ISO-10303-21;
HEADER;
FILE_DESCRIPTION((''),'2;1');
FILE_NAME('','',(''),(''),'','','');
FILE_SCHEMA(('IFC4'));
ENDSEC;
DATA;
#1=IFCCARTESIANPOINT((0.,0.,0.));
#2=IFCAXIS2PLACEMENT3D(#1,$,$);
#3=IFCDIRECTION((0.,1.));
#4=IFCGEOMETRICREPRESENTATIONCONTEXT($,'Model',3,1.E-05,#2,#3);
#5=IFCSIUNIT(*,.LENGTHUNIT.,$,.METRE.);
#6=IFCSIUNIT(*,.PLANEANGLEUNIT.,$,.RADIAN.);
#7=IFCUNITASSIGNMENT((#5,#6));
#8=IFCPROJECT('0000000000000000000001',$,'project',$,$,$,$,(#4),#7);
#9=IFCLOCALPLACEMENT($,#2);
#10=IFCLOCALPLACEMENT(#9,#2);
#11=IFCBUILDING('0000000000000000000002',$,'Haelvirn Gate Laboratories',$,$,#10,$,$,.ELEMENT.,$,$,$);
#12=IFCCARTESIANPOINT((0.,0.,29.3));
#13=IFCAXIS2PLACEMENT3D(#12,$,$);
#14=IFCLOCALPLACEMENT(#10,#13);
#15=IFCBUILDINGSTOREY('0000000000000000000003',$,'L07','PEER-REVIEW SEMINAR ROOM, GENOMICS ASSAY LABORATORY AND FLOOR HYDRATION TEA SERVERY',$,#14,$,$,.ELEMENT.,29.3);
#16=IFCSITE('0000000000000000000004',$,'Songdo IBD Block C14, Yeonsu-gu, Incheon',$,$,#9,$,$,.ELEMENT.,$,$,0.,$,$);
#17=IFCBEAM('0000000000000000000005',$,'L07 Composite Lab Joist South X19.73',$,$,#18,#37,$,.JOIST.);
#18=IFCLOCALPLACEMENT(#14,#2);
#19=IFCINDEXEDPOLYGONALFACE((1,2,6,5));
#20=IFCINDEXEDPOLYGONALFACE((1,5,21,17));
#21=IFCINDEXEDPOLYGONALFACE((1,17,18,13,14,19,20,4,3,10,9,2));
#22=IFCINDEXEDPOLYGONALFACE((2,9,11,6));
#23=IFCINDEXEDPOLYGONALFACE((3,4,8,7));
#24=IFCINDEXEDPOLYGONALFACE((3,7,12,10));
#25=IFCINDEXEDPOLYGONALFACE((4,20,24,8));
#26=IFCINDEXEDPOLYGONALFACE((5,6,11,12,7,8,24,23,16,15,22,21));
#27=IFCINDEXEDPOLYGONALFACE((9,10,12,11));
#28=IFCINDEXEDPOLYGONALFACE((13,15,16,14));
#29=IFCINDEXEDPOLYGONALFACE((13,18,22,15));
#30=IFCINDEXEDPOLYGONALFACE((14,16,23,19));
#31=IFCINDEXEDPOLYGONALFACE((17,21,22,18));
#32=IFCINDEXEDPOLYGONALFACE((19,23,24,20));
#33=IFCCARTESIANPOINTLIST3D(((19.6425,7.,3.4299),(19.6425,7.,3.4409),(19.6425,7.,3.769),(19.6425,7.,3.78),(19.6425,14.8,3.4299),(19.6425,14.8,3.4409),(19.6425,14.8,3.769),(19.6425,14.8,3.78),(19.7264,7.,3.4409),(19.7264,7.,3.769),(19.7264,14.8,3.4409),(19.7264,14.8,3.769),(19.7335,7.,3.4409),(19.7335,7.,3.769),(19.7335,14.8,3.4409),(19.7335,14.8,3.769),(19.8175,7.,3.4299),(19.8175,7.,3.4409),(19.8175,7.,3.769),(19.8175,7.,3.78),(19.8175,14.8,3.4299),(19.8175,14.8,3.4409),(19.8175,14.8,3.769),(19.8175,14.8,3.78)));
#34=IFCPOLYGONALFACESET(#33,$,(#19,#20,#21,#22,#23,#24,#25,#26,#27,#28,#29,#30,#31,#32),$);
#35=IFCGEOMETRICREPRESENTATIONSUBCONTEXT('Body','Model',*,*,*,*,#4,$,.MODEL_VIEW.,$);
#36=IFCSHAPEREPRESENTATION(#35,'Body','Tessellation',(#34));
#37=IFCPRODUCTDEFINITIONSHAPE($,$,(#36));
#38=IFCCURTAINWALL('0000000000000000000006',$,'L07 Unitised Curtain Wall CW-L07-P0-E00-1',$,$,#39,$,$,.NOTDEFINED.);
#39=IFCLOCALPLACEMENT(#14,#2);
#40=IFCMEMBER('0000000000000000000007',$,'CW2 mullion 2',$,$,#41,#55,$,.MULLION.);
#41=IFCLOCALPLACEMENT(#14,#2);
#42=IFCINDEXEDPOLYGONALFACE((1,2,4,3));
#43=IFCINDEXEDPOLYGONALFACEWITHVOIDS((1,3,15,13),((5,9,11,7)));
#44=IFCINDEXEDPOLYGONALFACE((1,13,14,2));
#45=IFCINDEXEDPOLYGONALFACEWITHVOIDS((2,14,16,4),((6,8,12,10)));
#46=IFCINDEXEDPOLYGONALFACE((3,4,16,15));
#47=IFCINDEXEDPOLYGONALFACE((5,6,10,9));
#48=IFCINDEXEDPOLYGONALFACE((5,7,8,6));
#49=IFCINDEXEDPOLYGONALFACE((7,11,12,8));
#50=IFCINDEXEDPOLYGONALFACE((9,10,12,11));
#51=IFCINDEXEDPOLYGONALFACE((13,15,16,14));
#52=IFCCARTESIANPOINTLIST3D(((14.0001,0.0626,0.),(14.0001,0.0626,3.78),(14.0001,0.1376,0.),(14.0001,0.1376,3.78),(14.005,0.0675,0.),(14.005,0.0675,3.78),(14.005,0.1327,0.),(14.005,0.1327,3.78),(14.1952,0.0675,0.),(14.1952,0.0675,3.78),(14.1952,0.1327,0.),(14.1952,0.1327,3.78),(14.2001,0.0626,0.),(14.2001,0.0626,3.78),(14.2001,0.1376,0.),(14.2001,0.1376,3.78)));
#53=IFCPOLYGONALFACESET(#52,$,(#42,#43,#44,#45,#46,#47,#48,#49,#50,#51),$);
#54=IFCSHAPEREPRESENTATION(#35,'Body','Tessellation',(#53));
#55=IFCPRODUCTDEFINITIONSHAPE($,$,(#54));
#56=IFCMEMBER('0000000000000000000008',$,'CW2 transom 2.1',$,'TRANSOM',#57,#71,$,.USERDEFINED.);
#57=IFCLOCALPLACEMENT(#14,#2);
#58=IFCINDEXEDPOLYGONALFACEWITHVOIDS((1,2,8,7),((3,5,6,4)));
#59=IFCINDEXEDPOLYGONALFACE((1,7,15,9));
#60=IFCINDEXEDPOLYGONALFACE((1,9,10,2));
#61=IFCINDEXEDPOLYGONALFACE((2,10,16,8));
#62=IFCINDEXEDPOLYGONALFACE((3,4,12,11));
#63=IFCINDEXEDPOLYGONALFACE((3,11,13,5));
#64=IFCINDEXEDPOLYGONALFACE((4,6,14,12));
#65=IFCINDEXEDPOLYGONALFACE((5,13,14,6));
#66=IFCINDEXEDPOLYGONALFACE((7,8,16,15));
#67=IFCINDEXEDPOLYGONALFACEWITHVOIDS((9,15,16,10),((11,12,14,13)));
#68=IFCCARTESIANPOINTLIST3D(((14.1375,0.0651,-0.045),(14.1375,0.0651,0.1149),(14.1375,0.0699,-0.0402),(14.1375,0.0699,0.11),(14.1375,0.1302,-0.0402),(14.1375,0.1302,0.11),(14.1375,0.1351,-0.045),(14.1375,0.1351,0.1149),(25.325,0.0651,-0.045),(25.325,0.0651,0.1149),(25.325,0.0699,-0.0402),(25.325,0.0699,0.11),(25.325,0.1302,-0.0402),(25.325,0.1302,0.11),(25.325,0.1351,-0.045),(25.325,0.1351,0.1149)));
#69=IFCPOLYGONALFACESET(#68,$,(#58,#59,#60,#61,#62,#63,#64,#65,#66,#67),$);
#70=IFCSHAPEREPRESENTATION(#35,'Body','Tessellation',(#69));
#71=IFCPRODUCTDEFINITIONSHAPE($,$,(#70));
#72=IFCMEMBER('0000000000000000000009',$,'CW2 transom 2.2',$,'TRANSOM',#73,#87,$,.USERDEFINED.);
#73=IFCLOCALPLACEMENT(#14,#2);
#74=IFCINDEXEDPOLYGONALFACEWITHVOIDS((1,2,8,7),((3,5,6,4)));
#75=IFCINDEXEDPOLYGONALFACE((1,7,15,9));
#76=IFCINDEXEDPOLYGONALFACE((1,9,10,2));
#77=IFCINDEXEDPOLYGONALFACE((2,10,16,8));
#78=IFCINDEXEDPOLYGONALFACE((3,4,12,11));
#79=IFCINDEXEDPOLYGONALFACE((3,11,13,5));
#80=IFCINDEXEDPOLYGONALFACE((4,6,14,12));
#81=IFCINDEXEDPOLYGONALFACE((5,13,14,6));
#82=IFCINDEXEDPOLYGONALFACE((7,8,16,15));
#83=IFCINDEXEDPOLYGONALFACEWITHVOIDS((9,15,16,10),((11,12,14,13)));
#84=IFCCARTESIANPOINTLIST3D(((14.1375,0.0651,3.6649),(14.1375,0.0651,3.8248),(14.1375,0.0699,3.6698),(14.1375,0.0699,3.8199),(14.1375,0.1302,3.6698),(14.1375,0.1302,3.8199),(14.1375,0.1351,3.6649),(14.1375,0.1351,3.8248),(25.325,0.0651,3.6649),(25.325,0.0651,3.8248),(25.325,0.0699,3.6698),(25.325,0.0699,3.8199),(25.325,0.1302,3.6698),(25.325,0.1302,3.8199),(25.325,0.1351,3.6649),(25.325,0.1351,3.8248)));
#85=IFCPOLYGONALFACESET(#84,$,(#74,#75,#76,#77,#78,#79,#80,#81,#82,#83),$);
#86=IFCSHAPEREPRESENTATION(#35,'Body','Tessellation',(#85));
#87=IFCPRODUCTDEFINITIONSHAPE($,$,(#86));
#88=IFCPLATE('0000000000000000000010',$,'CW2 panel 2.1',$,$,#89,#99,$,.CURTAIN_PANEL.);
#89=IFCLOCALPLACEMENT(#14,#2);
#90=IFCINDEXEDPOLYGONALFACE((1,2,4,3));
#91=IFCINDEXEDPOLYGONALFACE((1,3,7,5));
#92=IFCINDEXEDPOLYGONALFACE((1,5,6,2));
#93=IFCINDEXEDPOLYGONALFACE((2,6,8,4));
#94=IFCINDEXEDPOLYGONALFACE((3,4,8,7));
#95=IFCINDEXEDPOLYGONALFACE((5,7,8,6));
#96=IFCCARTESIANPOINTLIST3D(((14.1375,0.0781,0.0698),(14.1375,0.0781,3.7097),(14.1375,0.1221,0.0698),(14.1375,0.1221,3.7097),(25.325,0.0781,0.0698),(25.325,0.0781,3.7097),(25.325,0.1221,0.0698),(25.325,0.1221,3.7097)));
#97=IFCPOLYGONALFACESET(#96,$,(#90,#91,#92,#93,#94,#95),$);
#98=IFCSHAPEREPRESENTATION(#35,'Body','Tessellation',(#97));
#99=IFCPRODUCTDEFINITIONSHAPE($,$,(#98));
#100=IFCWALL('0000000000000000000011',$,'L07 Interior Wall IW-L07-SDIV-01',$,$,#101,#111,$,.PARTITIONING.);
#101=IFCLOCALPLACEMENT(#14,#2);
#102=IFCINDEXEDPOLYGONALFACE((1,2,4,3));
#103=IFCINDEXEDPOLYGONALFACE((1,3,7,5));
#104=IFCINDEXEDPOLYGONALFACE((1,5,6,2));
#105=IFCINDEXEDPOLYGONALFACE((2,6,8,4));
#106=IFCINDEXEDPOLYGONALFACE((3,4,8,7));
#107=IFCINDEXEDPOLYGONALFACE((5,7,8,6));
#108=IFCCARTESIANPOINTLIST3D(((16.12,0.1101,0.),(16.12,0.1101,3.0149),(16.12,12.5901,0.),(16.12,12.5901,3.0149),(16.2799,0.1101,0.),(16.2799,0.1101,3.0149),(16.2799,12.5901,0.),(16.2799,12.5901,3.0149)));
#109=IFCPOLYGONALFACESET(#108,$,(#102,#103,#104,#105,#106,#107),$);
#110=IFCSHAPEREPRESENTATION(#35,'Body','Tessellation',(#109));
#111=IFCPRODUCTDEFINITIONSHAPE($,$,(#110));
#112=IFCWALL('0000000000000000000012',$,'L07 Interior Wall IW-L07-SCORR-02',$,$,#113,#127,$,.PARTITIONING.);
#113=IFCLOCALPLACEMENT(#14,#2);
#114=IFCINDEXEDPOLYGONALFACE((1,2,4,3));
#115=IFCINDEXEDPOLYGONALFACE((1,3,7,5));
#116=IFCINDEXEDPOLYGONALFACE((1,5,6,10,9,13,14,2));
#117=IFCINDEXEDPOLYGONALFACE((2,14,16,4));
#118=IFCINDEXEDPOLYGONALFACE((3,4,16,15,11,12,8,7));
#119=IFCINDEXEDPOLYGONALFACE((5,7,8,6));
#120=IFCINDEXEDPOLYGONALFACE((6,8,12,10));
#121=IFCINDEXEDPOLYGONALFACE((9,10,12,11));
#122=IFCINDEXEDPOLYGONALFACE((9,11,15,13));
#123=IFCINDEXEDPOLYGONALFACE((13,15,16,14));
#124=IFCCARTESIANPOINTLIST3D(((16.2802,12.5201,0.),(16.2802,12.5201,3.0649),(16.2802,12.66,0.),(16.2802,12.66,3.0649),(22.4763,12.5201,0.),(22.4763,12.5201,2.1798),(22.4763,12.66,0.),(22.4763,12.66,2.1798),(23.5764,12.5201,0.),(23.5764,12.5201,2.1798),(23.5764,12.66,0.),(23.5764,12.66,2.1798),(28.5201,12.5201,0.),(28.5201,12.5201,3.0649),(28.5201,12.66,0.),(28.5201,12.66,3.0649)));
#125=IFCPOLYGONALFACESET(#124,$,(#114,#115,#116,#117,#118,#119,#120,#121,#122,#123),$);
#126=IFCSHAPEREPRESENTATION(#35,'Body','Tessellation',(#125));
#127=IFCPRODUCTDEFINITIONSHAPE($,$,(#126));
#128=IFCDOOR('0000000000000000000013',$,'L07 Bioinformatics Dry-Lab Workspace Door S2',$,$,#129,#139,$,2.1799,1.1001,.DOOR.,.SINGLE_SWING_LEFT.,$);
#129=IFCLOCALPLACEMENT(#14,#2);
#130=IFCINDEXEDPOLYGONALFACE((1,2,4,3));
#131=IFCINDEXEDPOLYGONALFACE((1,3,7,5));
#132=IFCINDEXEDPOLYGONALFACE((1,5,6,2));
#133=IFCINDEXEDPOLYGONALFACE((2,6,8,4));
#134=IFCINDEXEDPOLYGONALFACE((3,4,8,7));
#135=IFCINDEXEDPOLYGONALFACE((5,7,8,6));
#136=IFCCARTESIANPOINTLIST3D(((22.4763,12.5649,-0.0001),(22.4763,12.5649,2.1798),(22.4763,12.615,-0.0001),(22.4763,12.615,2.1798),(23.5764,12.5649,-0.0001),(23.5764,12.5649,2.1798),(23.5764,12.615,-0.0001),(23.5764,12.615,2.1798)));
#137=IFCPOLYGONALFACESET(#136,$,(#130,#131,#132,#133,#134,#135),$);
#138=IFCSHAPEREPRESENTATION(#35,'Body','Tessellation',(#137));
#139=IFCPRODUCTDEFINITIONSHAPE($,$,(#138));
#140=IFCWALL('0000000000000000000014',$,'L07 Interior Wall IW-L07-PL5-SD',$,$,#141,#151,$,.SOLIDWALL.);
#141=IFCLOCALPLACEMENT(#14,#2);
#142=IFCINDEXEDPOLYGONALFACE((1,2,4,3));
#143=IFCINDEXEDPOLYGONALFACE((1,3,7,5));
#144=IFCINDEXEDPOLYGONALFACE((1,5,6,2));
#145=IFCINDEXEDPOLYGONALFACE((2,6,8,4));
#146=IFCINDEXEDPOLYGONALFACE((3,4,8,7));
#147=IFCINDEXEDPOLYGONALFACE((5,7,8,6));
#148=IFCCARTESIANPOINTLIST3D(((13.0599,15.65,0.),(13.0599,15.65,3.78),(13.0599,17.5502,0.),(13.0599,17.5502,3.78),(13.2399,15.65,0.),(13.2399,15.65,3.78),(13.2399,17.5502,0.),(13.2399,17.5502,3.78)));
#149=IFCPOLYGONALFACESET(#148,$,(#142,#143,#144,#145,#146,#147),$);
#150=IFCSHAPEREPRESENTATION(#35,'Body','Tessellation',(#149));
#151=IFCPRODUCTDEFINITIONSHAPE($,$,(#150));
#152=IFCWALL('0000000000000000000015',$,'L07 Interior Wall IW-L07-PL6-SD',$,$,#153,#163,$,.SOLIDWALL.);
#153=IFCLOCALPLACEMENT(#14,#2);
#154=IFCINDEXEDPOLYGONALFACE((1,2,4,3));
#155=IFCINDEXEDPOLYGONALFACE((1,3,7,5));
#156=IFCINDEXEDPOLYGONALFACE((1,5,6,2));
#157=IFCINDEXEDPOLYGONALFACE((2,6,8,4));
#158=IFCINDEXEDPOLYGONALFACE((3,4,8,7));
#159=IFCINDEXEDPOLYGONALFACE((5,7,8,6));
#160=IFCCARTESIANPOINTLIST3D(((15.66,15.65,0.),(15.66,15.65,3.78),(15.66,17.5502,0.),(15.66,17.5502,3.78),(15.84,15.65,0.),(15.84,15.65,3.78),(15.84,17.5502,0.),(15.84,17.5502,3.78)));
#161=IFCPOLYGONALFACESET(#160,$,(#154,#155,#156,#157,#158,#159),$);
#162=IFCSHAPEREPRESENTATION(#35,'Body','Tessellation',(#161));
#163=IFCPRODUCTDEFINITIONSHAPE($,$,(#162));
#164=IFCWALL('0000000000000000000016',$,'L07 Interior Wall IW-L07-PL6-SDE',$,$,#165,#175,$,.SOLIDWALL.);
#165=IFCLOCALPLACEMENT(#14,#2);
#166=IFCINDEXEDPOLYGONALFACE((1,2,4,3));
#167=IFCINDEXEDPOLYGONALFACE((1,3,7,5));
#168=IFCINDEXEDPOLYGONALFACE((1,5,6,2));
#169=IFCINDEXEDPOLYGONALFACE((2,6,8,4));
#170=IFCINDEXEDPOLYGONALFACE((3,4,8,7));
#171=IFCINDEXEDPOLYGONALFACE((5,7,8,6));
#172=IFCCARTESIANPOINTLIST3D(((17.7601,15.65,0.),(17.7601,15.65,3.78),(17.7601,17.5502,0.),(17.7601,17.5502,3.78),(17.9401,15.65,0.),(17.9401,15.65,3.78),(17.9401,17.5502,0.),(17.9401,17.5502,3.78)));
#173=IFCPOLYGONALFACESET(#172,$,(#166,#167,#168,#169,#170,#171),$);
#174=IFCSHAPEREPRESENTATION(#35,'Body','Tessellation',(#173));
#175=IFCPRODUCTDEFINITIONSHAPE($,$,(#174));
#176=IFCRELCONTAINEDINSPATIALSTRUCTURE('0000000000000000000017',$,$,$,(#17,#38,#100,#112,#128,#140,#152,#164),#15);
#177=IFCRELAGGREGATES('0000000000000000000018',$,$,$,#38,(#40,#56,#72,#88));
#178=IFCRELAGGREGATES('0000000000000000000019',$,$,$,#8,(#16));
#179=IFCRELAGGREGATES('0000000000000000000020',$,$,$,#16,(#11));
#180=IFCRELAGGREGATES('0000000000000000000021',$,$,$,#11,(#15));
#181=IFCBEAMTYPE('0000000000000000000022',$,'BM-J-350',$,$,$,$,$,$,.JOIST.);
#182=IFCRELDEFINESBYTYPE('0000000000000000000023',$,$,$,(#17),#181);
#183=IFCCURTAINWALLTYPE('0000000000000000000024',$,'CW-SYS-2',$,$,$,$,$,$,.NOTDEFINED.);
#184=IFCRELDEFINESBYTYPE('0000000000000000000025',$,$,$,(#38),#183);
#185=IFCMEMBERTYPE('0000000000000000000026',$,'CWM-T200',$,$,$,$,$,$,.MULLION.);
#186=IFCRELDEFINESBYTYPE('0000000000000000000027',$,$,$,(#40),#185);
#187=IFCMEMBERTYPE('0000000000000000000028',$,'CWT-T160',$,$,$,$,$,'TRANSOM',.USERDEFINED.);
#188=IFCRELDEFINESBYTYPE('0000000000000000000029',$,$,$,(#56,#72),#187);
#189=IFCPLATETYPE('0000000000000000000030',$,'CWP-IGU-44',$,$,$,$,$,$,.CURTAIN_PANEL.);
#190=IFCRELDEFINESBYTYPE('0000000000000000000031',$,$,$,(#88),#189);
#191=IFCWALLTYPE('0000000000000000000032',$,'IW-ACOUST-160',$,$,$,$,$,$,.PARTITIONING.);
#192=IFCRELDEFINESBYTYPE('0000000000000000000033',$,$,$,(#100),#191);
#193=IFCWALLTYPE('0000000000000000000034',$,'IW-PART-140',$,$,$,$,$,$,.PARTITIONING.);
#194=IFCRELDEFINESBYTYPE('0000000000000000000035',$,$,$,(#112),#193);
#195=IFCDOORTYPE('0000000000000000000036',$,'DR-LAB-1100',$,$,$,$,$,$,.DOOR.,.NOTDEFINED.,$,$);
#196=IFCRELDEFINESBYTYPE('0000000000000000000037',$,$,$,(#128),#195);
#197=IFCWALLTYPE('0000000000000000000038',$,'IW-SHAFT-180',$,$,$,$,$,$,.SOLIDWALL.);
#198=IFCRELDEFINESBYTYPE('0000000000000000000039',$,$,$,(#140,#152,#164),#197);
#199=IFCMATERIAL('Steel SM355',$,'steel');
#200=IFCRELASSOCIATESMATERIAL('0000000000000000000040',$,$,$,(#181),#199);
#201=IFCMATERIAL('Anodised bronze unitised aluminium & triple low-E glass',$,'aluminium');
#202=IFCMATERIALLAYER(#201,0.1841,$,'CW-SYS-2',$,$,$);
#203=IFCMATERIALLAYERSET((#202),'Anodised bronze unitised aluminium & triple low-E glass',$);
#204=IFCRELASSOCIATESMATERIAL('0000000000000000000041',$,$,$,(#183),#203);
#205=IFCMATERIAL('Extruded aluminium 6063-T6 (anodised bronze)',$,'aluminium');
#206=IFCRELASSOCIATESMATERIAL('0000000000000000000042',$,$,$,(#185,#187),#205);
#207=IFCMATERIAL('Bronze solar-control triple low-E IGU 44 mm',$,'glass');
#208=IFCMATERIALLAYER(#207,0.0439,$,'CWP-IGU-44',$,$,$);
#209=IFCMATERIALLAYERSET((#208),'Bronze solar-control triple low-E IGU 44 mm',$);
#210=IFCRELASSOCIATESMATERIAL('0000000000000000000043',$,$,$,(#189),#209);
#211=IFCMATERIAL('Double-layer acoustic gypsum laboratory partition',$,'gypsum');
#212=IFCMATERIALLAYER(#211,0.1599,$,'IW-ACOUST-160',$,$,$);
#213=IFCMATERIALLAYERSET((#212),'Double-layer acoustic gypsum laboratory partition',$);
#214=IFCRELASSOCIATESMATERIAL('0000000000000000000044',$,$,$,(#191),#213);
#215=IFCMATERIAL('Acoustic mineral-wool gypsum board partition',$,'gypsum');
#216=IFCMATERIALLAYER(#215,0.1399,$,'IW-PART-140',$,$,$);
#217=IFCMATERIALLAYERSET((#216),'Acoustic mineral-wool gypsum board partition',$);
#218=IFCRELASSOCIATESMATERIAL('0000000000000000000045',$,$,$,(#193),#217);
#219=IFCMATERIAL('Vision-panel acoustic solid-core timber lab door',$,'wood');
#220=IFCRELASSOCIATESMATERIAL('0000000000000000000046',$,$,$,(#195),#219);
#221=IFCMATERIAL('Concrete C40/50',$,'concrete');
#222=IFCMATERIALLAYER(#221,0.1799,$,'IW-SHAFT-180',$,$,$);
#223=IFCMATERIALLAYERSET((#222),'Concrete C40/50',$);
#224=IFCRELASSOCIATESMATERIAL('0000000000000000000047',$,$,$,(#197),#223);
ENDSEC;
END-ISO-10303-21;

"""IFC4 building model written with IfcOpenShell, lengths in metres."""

from ifc_helpers import new_model, si_unit, direction, frame, frame_2d, origin, origin_2d, place, context, subcontext, project, spatial, rectangle, hollow_rectangle, i_section, extrude, source, transform, mapped, material, layer, layer_set, material_profile, profile_set, type_object, type_shapes, element, fill, aggregate, save


model = new_model("IFC4")

# Units and contexts
model_context = context("Model", 3, precision=1e-05, world=origin(), true_north=direction((0.0, 1.0)))
body_context = subcontext(model_context, "Body", "Model", "MODEL_VIEW")
ifc_project = project(units=[si_unit("LENGTHUNIT", "METRE"), si_unit("PLANEANGLEUNIT", "RADIAN")], contexts=[model_context])

# Site, building, storey
site_placement = place(None, origin())
site = spatial("IfcSite", under=ifc_project, at=site_placement, Name="Songdo IBD Block C14, Yeonsu-gu, Incheon", CompositionType="ELEMENT", RefElevation=0.0)
building_placement = place(site_placement, origin())
building = spatial("IfcBuilding", under=site, at=building_placement, Name="Haelvirn Gate Laboratories", CompositionType="ELEMENT")
storey_placement = place(building_placement, frame((0.0, 0.0, 29.3)))
storey = spatial("IfcBuildingStorey", under=building, at=storey_placement, Name="L07", Description="PEER-REVIEW SEMINAR ROOM, GENOMICS ASSAY LABORATORY AND FLOOR HYDRATION TEA SERVERY", CompositionType="ELEMENT", Elevation=29.3)

# Beam
ifc_material_1 = material(Name="Steel SM355", Category="steel")
ifc_material_profile_1 = material_profile(ifc_material_1, i_section(OverallWidth=0.175, OverallDepth=0.3501, WebThickness=0.0071, FlangeThickness=0.011, at=origin_2d()), Name="H-350x175x7x11")
ifc_profile_set_1 = profile_set([ifc_material_profile_1], Name="Steel SM355")
beam_type_1 = type_object("IfcBeamType", Name="BM-J-350", PredefinedType="JOIST", material=ifc_profile_set_1)
shared_shape_1 = source(origin(), body_context, "Body", "SweptSolid", [
    extrude(i_section(OverallWidth=0.175, OverallDepth=0.3501, WebThickness=0.0071, FlangeThickness=0.011, at=origin_2d()), origin(), (0.0, 0.0, 1.0), 7.8),
])
type_shapes(beam_type_1, [shared_shape_1])
for number, where, z_axis, x_axis, name in (
    (1, (19.73, 7.0, 3.605), (0.0, 1.0, 0.0), (-1.0, 0.0, 0.0), "L07 Composite Lab Joist South X19.73"),
):
    element("IfcBeam", number, at=place(storey_placement, frame(where, z_axis=z_axis, x_axis=x_axis)), inside=storey, type_object=beam_type_1, Name=name, PredefinedType="JOIST", context=body_context, shape_type="MappedRepresentation", body=[
        mapped(shared_shape_1, transform((0.0, 0.0, 0.0), scale=1.0)),
    ])

# Curtain wall, members, plate
ifc_material_2 = material(Name="Anodised bronze unitised aluminium & triple low-E glass", Category="aluminium")
ifc_layer_1 = layer(ifc_material_2, 0.1841, Name="CW-SYS-2")
ifc_layer_set_1 = layer_set([ifc_layer_1], Name="Anodised bronze unitised aluminium & triple low-E glass")
curtain_wall_type = type_object("IfcCurtainWallType", Name="CW-SYS-2", PredefinedType="NOTDEFINED", material=ifc_layer_set_1)
curtain_wall_placement = place(storey_placement, origin())
curtain_wall = element("IfcCurtainWall", 2, at=curtain_wall_placement, inside=storey, type_object=curtain_wall_type, Name="L07 Unitised Curtain Wall CW-L07-P0-E00-1", PredefinedType="NOTDEFINED")
ifc_material_3 = material(Name="Extruded aluminium 6063-T6 (anodised bronze)", Category="aluminium")
ifc_material_profile_2 = material_profile(ifc_material_3, hollow_rectangle(XDim=0.075, YDim=0.2, WallThickness=0.0049, at=origin_2d()), Name="CWM-200x75x5")
ifc_profile_set_2 = profile_set([ifc_material_profile_2], Name="Extruded aluminium 6063-T6 (anodised bronze)")
member_type_1 = type_object("IfcMemberType", Name="CWM-T200", PredefinedType="MULLION", material=ifc_profile_set_2)
shared_shape_2 = source(origin(), body_context, "Body", "SweptSolid", [
    extrude(hollow_rectangle(XDim=0.075, YDim=0.2, WallThickness=0.0049, at=origin_2d()), origin(), (0.0, 0.0, 1.0), 3.78),
])
type_shapes(member_type_1, [shared_shape_2])
member_1_placement = place(storey_placement, frame((14.1001, 0.1001, 0.0), z_axis=(0.0, 0.0, 1.0), x_axis=(0.0, 1.0, 0.0)))
member_1 = element("IfcMember", 3, at=member_1_placement, type_object=member_type_1, Name="CW2 mullion 2", PredefinedType="MULLION", context=body_context, shape_type="MappedRepresentation", body=[
    mapped(shared_shape_2, transform((0.0, 0.0, 0.0), scale=1.0)),
])
ifc_material_profile_3 = material_profile(ifc_material_3, hollow_rectangle(XDim=0.0701, YDim=0.1599, WallThickness=0.0049, at=origin_2d()), Name="CWT-160x70x5")
ifc_profile_set_3 = profile_set([ifc_material_profile_3], Name="Extruded aluminium 6063-T6 (anodised bronze)")
member_type_2 = type_object("IfcMemberType", Name="CWT-T160", ElementType="TRANSOM", PredefinedType="USERDEFINED", material=ifc_profile_set_3)
shared_shape_3 = source(origin(), body_context, "Body", "SweptSolid", [
    extrude(hollow_rectangle(XDim=0.0701, YDim=0.1599, WallThickness=0.0049, at=origin_2d()), origin(), (0.0, 0.0, 1.0), 11.1875),
])
type_shapes(member_type_2, [shared_shape_3])
member_2_placement = place(storey_placement, frame((14.1375, 0.1001, 0.0349), z_axis=(1.0, 0.0, 0.0), x_axis=(0.0, 1.0, 0.0)))
member_2 = element("IfcMember", 4, at=member_2_placement, type_object=member_type_2, Name="CW2 transom 2.1", ObjectType="TRANSOM", PredefinedType="USERDEFINED", context=body_context, shape_type="MappedRepresentation", body=[
    mapped(shared_shape_3, transform((0.0, 0.0, 0.0), scale=1.0)),
])
member_3_placement = place(storey_placement, frame((14.1375, 0.1001, 3.7449), z_axis=(1.0, 0.0, 0.0), x_axis=(0.0, 1.0, 0.0)))
member_3 = element("IfcMember", 5, at=member_3_placement, type_object=member_type_2, Name="CW2 transom 2.2", ObjectType="TRANSOM", PredefinedType="USERDEFINED", context=body_context, shape_type="MappedRepresentation", body=[
    mapped(shared_shape_3, transform((0.0, 0.0, 0.0), scale=1.0)),
])
ifc_material_4 = material(Name="Bronze solar-control triple low-E IGU 44 mm", Category="glass")
ifc_layer_2 = layer(ifc_material_4, 0.0439, Name="CWP-IGU-44")
ifc_layer_set_2 = layer_set([ifc_layer_2], Name="Bronze solar-control triple low-E IGU 44 mm")
plate_type = type_object("IfcPlateType", Name="CWP-IGU-44", PredefinedType="CURTAIN_PANEL", material=ifc_layer_set_2)
shared_shape_4 = source(origin(), body_context, "Body", "SweptSolid", [
    extrude(rectangle(XDim=11.1875, YDim=0.0439, at=origin_2d()), origin(), (0.0, 0.0, 1.0), 3.6399),
])
type_shapes(plate_type, [shared_shape_4])
plate_placement = place(storey_placement, frame((19.7312, 0.1001, 0.0698), z_axis=(0.0, 0.0, 1.0), x_axis=(1.0, 0.0, 0.0)))
plate = element("IfcPlate", 6, at=plate_placement, type_object=plate_type, Name="CW2 panel 2.1", PredefinedType="CURTAIN_PANEL", context=body_context, shape_type="MappedRepresentation", body=[
    mapped(shared_shape_4, transform((0.0, 0.0, 0.0), scale=1.0)),
])
aggregate(curtain_wall, [member_1, member_2, member_3, plate])

# Wall
ifc_material_5 = material(Name="Double-layer acoustic gypsum laboratory partition", Category="gypsum")
ifc_layer_3 = layer(ifc_material_5, 0.1599, Name="IW-ACOUST-160")
ifc_layer_set_3 = layer_set([ifc_layer_3], Name="Double-layer acoustic gypsum laboratory partition")
wall_type_1 = type_object("IfcWallType", Name="IW-ACOUST-160", PredefinedType="PARTITIONING", material=ifc_layer_set_3)
wall_1_placement = place(storey_placement, frame((16.2, 0.1101, 0.0), z_axis=(0.0, 0.0, 1.0), x_axis=(0.0, 1.0, 0.0)))
element("IfcWall", 7, at=wall_1_placement, inside=storey, type_object=wall_type_1, Name="L07 Interior Wall IW-L07-SDIV-01", PredefinedType="PARTITIONING", context=body_context, shape_type="SweptSolid", body=[
    extrude(rectangle(XDim=12.48, YDim=0.1599, at=frame_2d((6.24, 0.0))), origin(), (0.0, 0.0, 1.0), 3.0149),
])

# Wall, opening, door
ifc_material_6 = material(Name="Acoustic mineral-wool gypsum board partition", Category="gypsum")
ifc_layer_4 = layer(ifc_material_6, 0.1399, Name="IW-PART-140")
ifc_layer_set_4 = layer_set([ifc_layer_4], Name="Acoustic mineral-wool gypsum board partition")
wall_type_2 = type_object("IfcWallType", Name="IW-PART-140", PredefinedType="PARTITIONING", material=ifc_layer_set_4)
wall_2_placement = place(storey_placement, frame((16.28, 12.5901, 0.0), z_axis=(0.0, 0.0, 1.0), x_axis=(1.0, 0.0, 0.0)))
wall_2 = element("IfcWall", 8, at=wall_2_placement, inside=storey, type_object=wall_type_2, Name="L07 Interior Wall IW-L07-SCORR-02", PredefinedType="PARTITIONING", context=body_context, shape_type="SweptSolid", body=[
    extrude(rectangle(XDim=12.24, YDim=0.1399, at=frame_2d((6.1201, 0.0))), origin(), (0.0, 0.0, 1.0), 3.0649),
])
opening_placement = place(wall_2_placement, frame((6.1963, 0.0, 0.0)))
opening = element("IfcOpeningElement", 9, at=opening_placement, cuts=wall_2, PredefinedType="OPENING", context=body_context, shape_type="SweptSolid", body=[
    extrude(rectangle(XDim=1.1001, YDim=2.1799, at=frame_2d((0.55, 1.0898))), frame((0.0, 0.0801, 0.0), z_axis=(0.0, -1.0, 0.0), x_axis=(1.0, 0.0, 0.0)), (0.0, 0.0, 1.0), 0.1599),
])
ifc_material_7 = material(Name="Vision-panel acoustic solid-core timber lab door", Category="wood")
door_type = type_object("IfcDoorType", Name="DR-LAB-1100", OperationType="NOTDEFINED", PredefinedType="DOOR", material=ifc_material_7)
shared_shape_5 = source(origin(), body_context, "Body", "SweptSolid", [
    extrude(rectangle(XDim=1.1001, YDim=2.1799, at=frame_2d((0.55, 1.0898))), frame((0.0, 0.0249, 0.0), z_axis=(0.0, -1.0, 0.0), x_axis=(1.0, 0.0, 0.0)), (0.0, 0.0, 1.0), 0.05),
])
type_shapes(door_type, [shared_shape_5])
door_placement = place(opening_placement, origin())
door = element("IfcDoor", 10, at=door_placement, inside=storey, type_object=door_type, Name="L07 Bioinformatics Dry-Lab Workspace Door S2", OperationType="SINGLE_SWING_LEFT", OverallHeight=2.1799, OverallWidth=1.1001, PredefinedType="DOOR", context=body_context, shape_type="MappedRepresentation", body=[
    mapped(shared_shape_5, transform((0.0, 0.0, 0.0), scale=1.0)),
])
fill(opening, door)

# Walls
ifc_material_8 = material(Name="Concrete C40/50", Category="concrete")
ifc_layer_5 = layer(ifc_material_8, 0.1799, Name="IW-SHAFT-180")
ifc_layer_set_5 = layer_set([ifc_layer_5], Name="Concrete C40/50")
wall_type_3 = type_object("IfcWallType", Name="IW-SHAFT-180", PredefinedType="SOLIDWALL", material=ifc_layer_set_5)
for number, where, z_axis, x_axis, name in (
    (11, (13.1499, 15.6499, 0.0), (0.0, 0.0, 1.0), (0.0, 1.0, 0.0), "L07 Interior Wall IW-L07-PL5-SD"),
    (12, (15.75, 15.6499, 0.0), (0.0, 0.0, 1.0), (0.0, 1.0, 0.0), "L07 Interior Wall IW-L07-PL6-SD"),
    (13, (17.8501, 15.6499, 0.0), (0.0, 0.0, 1.0), (0.0, 1.0, 0.0), "L07 Interior Wall IW-L07-PL6-SDE"),
):
    element("IfcWall", number, at=place(storey_placement, frame(where, z_axis=z_axis, x_axis=x_axis)), inside=storey, type_object=wall_type_3, Name=name, PredefinedType="SOLIDWALL", context=body_context, shape_type="SweptSolid", body=[
        extrude(rectangle(XDim=1.9001, YDim=0.1799, at=frame_2d((0.9502, 0.0))), origin(), (0.0, 0.0, 1.0), 3.78),
    ])

save(model, "model.ifc")
